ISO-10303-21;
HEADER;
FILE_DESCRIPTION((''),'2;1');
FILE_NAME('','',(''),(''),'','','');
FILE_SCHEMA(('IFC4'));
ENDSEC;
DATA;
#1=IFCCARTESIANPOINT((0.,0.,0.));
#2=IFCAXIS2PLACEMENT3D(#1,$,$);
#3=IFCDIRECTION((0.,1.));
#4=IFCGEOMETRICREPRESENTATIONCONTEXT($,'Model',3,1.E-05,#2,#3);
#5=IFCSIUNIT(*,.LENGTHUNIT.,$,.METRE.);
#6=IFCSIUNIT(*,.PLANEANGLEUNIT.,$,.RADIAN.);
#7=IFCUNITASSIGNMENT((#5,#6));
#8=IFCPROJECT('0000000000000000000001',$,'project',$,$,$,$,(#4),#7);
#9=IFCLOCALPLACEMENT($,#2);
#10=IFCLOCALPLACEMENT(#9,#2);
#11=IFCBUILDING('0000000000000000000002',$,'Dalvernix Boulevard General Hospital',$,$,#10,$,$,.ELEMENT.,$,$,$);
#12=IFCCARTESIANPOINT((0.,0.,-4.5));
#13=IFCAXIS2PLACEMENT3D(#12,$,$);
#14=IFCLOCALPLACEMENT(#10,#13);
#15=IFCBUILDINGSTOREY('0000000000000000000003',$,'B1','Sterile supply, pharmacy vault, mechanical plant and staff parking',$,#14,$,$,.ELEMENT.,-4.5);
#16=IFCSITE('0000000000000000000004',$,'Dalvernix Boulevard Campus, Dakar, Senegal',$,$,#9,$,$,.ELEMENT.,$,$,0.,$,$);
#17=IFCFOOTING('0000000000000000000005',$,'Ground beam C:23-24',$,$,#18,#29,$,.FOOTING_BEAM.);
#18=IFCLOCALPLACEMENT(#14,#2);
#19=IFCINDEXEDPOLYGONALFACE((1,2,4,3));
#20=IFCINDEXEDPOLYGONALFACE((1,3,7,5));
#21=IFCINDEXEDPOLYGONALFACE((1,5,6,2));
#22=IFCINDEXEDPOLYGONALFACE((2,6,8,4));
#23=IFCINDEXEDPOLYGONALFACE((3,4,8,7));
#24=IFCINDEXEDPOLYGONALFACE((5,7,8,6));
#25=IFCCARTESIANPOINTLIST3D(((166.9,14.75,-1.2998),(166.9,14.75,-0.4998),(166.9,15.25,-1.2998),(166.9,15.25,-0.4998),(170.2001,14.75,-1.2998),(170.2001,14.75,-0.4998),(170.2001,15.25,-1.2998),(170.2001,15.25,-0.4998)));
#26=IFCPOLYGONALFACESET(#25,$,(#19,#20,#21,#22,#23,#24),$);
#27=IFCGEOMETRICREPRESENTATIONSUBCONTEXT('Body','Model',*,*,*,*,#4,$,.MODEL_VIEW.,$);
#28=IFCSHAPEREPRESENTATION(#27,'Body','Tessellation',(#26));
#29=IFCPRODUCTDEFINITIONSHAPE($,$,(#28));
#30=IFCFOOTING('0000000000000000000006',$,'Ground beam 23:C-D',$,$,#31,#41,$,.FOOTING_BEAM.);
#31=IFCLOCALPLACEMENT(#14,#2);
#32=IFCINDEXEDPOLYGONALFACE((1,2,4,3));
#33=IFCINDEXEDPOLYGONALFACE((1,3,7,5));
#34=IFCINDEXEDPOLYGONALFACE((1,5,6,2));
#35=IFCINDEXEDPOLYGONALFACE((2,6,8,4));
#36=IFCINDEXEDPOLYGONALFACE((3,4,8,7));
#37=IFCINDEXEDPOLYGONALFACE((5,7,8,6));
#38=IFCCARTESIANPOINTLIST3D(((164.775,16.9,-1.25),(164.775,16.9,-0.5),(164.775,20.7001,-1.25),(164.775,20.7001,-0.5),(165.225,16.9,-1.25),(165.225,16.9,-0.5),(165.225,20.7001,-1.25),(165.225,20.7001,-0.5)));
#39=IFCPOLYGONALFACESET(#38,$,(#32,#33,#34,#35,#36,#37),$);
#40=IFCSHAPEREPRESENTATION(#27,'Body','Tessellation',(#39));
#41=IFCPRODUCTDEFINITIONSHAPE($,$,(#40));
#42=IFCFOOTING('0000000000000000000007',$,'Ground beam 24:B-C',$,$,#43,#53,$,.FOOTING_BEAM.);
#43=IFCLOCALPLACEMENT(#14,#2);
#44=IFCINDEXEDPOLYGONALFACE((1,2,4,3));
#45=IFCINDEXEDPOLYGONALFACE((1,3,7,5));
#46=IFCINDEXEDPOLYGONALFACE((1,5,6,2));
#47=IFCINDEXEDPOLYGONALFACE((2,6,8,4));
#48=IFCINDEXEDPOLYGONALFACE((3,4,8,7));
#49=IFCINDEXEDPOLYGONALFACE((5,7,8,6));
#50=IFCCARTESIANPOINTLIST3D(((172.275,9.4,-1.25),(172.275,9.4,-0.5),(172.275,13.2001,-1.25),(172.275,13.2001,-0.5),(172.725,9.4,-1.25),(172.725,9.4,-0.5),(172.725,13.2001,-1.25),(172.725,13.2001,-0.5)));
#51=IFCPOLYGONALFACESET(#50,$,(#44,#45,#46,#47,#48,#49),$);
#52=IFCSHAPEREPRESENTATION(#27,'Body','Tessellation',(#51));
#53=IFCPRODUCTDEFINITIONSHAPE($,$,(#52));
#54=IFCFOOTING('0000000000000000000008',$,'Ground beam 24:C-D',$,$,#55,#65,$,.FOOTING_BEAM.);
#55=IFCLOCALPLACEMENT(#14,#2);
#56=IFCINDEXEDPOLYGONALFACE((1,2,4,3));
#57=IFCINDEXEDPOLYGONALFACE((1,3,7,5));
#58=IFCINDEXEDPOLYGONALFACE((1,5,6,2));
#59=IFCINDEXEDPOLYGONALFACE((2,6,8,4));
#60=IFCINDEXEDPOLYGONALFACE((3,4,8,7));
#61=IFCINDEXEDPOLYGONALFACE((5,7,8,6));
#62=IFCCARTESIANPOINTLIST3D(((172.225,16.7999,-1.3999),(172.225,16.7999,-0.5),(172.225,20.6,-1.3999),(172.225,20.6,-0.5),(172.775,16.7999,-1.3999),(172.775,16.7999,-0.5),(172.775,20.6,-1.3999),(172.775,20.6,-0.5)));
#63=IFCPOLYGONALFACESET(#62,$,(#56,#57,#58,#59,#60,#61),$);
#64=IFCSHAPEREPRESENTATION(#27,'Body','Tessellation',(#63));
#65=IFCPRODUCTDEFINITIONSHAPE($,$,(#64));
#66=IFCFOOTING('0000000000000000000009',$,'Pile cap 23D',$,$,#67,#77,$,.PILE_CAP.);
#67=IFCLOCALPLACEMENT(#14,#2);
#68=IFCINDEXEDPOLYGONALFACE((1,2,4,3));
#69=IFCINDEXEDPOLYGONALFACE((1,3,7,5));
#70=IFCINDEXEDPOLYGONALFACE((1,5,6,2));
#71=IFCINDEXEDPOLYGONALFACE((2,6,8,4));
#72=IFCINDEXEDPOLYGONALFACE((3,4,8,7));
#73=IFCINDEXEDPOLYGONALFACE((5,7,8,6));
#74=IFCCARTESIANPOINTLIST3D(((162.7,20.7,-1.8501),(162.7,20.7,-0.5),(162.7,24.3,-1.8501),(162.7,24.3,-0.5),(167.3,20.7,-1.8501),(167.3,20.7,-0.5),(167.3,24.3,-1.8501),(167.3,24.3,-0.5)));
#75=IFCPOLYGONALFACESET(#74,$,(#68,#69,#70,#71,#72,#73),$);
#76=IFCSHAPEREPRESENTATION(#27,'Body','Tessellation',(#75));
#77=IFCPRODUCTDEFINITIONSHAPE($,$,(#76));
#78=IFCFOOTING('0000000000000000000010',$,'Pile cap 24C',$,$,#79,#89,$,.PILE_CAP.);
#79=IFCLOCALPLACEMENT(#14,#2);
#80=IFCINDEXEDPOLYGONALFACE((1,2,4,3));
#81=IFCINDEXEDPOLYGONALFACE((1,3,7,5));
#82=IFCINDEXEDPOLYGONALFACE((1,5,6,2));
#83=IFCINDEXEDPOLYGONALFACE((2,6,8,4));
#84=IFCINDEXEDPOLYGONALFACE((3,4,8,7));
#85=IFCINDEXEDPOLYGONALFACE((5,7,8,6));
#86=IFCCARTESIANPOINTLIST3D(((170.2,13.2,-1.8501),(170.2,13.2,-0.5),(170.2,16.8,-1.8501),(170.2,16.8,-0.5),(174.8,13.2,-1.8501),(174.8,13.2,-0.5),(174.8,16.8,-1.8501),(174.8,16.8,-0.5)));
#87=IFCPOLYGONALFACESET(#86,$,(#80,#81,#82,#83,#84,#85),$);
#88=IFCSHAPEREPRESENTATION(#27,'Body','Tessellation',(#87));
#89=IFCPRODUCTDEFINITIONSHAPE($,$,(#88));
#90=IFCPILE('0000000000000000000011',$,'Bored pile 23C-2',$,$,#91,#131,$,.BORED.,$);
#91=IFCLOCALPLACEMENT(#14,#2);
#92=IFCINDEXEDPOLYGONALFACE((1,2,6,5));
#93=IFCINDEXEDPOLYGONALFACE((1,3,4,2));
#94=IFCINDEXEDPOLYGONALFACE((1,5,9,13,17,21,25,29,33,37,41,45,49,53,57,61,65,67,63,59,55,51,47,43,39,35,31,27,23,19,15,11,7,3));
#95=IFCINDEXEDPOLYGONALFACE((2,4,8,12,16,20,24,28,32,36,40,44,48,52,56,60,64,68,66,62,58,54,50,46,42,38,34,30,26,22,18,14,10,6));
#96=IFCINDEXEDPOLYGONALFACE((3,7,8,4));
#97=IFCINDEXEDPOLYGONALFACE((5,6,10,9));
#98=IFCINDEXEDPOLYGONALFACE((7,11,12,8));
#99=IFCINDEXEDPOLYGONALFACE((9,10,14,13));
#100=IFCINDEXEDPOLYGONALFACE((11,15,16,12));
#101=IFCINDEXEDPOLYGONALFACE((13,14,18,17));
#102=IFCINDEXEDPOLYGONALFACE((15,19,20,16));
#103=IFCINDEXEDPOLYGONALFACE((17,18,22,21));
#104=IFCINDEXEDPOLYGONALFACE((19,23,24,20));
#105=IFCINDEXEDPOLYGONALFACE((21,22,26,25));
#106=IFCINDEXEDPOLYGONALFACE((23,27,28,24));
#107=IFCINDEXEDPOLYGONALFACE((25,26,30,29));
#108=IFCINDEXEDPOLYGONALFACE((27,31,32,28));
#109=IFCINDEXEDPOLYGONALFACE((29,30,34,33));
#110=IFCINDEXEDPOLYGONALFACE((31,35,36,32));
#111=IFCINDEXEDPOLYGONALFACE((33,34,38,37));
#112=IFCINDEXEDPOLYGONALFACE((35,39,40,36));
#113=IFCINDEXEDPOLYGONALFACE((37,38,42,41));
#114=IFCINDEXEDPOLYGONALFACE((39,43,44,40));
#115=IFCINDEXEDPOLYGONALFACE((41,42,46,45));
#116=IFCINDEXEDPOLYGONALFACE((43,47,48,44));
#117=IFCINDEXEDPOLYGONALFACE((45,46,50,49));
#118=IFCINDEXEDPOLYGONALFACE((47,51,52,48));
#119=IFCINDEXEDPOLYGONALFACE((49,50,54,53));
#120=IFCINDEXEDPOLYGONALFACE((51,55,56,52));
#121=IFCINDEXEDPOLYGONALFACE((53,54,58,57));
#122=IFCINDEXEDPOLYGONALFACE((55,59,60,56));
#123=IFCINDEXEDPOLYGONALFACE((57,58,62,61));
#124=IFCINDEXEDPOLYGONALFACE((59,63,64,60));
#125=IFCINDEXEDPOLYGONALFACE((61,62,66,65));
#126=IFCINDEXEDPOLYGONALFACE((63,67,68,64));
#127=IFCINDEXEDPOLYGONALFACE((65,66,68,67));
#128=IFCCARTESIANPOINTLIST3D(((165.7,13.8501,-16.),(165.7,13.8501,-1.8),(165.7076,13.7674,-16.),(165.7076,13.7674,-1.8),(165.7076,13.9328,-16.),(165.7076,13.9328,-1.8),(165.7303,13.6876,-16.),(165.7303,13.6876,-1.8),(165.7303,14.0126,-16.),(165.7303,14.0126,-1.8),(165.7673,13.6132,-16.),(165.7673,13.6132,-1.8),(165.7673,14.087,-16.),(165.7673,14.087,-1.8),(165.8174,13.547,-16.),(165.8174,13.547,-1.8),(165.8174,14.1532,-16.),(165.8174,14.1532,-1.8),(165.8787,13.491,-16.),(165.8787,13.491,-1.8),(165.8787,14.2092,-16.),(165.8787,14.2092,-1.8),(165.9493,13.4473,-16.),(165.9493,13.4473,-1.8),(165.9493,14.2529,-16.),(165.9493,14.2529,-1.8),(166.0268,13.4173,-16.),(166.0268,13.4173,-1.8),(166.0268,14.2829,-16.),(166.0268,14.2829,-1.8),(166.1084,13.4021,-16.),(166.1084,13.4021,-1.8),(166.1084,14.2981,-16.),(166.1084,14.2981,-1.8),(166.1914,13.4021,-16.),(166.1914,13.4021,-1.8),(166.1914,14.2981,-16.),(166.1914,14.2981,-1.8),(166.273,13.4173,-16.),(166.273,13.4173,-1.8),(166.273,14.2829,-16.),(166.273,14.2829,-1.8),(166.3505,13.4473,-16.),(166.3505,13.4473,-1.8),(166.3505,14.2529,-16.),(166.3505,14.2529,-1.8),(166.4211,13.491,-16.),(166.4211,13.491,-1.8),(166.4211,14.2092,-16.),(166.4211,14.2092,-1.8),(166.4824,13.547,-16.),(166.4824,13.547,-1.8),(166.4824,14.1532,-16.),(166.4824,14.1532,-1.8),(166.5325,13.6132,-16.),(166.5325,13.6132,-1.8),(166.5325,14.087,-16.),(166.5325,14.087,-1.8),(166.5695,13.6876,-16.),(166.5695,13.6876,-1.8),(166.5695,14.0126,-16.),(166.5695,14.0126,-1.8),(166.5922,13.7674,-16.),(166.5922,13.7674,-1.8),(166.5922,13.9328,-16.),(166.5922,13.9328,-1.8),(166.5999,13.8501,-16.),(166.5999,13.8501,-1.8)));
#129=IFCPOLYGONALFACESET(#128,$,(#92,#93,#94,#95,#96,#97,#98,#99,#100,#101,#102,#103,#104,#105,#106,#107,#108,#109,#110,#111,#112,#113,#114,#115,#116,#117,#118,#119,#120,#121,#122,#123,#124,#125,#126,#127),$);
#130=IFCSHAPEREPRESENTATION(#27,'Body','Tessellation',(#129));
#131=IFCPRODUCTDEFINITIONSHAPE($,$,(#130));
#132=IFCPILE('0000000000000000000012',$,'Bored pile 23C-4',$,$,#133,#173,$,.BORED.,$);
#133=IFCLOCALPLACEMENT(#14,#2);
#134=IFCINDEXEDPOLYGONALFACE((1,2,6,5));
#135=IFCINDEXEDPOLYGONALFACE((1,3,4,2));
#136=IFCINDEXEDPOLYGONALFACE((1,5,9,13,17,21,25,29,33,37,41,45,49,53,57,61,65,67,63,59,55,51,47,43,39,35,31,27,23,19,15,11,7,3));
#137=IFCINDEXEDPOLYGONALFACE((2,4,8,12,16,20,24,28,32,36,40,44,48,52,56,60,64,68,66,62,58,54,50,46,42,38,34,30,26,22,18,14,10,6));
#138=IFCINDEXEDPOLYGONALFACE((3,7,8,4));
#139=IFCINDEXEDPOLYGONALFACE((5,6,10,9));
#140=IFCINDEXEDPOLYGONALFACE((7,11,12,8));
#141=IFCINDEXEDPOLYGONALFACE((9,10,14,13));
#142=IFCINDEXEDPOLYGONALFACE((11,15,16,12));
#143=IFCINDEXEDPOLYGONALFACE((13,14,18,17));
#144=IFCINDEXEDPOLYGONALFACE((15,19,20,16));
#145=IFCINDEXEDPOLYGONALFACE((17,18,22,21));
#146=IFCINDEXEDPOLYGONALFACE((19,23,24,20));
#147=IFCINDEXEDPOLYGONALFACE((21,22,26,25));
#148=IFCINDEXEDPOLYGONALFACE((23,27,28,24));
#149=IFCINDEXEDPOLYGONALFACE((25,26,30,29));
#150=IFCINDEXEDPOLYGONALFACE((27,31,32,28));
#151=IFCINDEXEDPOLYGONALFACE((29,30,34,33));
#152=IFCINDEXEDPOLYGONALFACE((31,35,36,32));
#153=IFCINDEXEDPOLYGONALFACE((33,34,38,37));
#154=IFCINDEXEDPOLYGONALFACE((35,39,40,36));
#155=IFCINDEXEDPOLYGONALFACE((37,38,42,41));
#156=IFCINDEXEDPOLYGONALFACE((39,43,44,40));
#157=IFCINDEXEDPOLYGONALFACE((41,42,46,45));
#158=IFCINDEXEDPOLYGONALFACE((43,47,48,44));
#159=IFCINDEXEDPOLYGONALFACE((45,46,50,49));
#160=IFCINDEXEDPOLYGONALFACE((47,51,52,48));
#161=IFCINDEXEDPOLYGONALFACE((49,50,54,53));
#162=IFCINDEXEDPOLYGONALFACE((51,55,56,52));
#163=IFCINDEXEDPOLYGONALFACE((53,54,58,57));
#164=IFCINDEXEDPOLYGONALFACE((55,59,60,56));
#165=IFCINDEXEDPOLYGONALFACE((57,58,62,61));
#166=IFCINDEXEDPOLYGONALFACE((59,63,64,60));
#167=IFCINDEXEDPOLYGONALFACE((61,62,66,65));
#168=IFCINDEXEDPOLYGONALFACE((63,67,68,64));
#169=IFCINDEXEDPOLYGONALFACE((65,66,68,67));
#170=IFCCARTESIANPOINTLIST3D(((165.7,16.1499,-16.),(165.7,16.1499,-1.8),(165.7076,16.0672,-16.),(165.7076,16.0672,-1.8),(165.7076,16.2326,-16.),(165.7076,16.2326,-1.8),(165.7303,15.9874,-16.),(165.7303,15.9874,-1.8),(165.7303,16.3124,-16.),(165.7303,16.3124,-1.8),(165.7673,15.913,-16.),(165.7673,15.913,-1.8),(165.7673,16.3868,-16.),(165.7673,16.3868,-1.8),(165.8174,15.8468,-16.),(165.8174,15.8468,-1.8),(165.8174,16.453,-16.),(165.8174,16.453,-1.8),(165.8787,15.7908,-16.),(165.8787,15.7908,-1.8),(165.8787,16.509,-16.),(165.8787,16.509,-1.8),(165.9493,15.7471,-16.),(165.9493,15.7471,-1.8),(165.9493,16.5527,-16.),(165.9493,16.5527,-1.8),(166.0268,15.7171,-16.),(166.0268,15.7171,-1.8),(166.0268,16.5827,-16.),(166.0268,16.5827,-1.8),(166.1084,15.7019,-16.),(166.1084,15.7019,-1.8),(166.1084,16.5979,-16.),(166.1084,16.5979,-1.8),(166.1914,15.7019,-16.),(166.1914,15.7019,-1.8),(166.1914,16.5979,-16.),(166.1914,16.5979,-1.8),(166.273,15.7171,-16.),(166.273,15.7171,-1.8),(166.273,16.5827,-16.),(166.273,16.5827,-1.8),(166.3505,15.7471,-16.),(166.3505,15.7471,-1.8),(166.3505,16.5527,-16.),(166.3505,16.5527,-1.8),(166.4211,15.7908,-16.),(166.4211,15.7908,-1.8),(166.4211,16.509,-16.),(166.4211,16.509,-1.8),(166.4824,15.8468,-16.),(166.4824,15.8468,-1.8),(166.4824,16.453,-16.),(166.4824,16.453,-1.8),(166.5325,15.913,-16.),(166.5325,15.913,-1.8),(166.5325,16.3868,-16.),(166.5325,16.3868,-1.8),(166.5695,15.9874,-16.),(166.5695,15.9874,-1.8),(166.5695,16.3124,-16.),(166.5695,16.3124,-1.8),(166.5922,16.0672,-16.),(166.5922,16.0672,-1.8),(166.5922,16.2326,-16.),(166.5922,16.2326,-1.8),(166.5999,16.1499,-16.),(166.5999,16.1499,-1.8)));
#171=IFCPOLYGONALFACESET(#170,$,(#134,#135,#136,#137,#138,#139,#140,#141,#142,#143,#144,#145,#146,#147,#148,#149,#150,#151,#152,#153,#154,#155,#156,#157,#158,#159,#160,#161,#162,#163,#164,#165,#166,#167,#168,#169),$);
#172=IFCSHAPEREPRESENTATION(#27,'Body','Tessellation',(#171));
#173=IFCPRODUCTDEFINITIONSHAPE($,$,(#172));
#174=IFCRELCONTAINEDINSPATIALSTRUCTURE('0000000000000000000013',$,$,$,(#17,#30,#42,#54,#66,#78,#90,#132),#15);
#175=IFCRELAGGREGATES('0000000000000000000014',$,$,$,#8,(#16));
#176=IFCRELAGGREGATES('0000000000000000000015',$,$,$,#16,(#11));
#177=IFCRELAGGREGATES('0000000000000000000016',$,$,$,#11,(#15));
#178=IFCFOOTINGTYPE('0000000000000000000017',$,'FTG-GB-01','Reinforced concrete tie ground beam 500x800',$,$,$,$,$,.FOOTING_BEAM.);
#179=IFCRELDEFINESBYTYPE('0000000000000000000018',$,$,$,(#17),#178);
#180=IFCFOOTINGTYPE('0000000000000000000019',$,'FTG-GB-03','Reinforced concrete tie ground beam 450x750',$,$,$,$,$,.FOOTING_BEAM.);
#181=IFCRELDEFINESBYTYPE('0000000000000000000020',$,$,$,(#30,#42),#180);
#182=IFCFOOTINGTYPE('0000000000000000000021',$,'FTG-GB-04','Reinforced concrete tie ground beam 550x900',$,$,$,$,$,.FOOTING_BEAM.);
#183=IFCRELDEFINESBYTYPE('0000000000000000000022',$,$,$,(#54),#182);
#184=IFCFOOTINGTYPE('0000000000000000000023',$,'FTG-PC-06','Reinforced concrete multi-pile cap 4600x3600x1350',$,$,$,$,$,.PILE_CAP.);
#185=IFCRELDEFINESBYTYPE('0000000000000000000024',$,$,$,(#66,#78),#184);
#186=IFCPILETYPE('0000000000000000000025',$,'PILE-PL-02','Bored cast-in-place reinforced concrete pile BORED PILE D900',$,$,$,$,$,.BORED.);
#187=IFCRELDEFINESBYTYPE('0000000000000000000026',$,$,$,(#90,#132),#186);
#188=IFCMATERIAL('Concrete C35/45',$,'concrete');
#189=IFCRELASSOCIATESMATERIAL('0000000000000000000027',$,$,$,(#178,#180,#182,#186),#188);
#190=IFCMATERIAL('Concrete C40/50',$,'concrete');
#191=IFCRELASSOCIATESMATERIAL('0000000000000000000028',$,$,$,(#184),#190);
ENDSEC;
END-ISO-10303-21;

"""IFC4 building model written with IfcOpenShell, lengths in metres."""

from ifc_helpers import new_model, si_unit, direction, frame, origin, origin_2d, place, context, subcontext, project, spatial, rectangle, circle, extrude, material, material_profile, profile_set, type_object, element, save


model = new_model("IFC4")

# Units and contexts
model_context = context("Model", 3, precision=1e-05, world=origin(), true_north=direction((0.0, 1.0)))
body_context = subcontext(model_context, "Body", "Model", "MODEL_VIEW")
ifc_project = project(units=[si_unit("LENGTHUNIT", "METRE"), si_unit("PLANEANGLEUNIT", "RADIAN")], contexts=[model_context])

# Site, building, storey
site_placement = place(None, origin())
site = spatial("IfcSite", under=ifc_project, at=site_placement, Name="Dalvernix Boulevard Campus, Dakar, Senegal", CompositionType="ELEMENT", RefElevation=0.0)
building_placement = place(site_placement, origin())
building = spatial("IfcBuilding", under=site, at=building_placement, Name="Dalvernix Boulevard General Hospital", CompositionType="ELEMENT")
storey_placement = place(building_placement, frame((0.0, 0.0, -4.5)))
storey = spatial("IfcBuildingStorey", under=building, at=storey_placement, Name="B1", Description="Sterile supply, pharmacy vault, mechanical plant and staff parking", CompositionType="ELEMENT", Elevation=-4.5)

# Footings
ifc_material_1 = material(Name="Concrete C35/45", Category="concrete")
footing_type_1 = type_object("IfcFootingType", Name="FTG-GB-01", Description="Reinforced concrete tie ground beam 500x800", PredefinedType="FOOTING_BEAM", material=ifc_material_1)
footing_1_placement = place(storey_placement, frame((168.55, 15.0, -1.2998), z_axis=(0.0, 0.0, 1.0), x_axis=(1.0, 0.0, 0.0)))
element("IfcFooting", 1, at=footing_1_placement, inside=storey, type_object=footing_type_1, Name="Ground beam C:23-24", PredefinedType="FOOTING_BEAM", context=body_context, shape_type="SweptSolid", body=[
    extrude(rectangle(XDim=3.3, YDim=0.5, at=origin_2d()), origin(), (0.0, 0.0, 1.0), 0.8),
])
footing_type_2 = type_object("IfcFootingType", Name="FTG-GB-03", Description="Reinforced concrete tie ground beam 450x750", PredefinedType="FOOTING_BEAM", material=ifc_material_1)
for number, where, z_axis, x_axis, name in (
    (2, (165.0, 18.8, -1.25), (0.0, 0.0, 1.0), (0.0, 1.0, 0.0), "Ground beam 23:C-D"),
    (3, (172.5, 11.3, -1.25), (0.0, 0.0, 1.0), (0.0, 1.0, 0.0), "Ground beam 24:B-C"),
):
    element("IfcFooting", number, at=place(storey_placement, frame(where, z_axis=z_axis, x_axis=x_axis)), inside=storey, type_object=footing_type_2, Name=name, PredefinedType="FOOTING_BEAM", context=body_context, shape_type="SweptSolid", body=[
        extrude(rectangle(XDim=3.8, YDim=0.45, at=origin_2d()), origin(), (0.0, 0.0, 1.0), 0.75),
    ])
footing_type_3 = type_object("IfcFootingType", Name="FTG-GB-04", Description="Reinforced concrete tie ground beam 550x900", PredefinedType="FOOTING_BEAM", material=ifc_material_1)
footing_2_placement = place(storey_placement, frame((172.5, 18.7, -1.3999), z_axis=(0.0, 0.0, 1.0), x_axis=(0.0, 1.0, 0.0)))
element("IfcFooting", 4, at=footing_2_placement, inside=storey, type_object=footing_type_3, Name="Ground beam 24:C-D", PredefinedType="FOOTING_BEAM", context=body_context, shape_type="SweptSolid", body=[
    extrude(rectangle(XDim=3.8, YDim=0.55, at=origin_2d()), origin(), (0.0, 0.0, 1.0), 0.8999),
])
ifc_material_2 = material(Name="Concrete C40/50", Category="concrete")
footing_type_4 = type_object("IfcFootingType", Name="FTG-PC-06", Description="Reinforced concrete multi-pile cap 4600x3600x1350", PredefinedType="PILE_CAP", material=ifc_material_2)
for number, where, z_axis, x_axis, name in (
    (5, (165.0, 22.5, -1.8501), (0.0, 0.0, 1.0), (1.0, 0.0, 0.0), "Pile cap 23D"),
    (6, (172.5, 15.0, -1.8501), (0.0, 0.0, 1.0), (1.0, 0.0, 0.0), "Pile cap 24C"),
):
    element("IfcFooting", number, at=place(storey_placement, frame(where, z_axis=z_axis, x_axis=x_axis)), inside=storey, type_object=footing_type_4, Name=name, PredefinedType="PILE_CAP", context=body_context, shape_type="SweptSolid", body=[
        extrude(rectangle(XDim=4.6001, YDim=3.6001, at=origin_2d()), origin(), (0.0, 0.0, 1.0), 1.3501),
    ])

# Piles
ifc_material_profile_1 = material_profile(ifc_material_1, circle(Radius=0.45, at=origin_2d()), Name="BORED PILE D900")
ifc_profile_set_1 = profile_set([ifc_material_profile_1], Name="Concrete C35/45")
pile_type = type_object("IfcPileType", Name="PILE-PL-02", Description="Bored cast-in-place reinforced concrete pile BORED PILE D900", PredefinedType="BORED", material=ifc_profile_set_1)
for number, where, z_axis, x_axis, name in (
    (7, (166.1499, 13.8501, -1.8), (0.0, 0.0, -1.0), (1.0, 0.0, 0.0), "Bored pile 23C-2"),
    (8, (166.1499, 16.1499, -1.8), (0.0, 0.0, -1.0), (1.0, 0.0, 0.0), "Bored pile 23C-4"),
):
    element("IfcPile", number, at=place(storey_placement, frame(where, z_axis=z_axis, x_axis=x_axis)), inside=storey, type_object=pile_type, Name=name, PredefinedType="BORED", context=body_context, shape_type="SweptSolid", body=[
        extrude(circle(Radius=0.45, at=origin_2d()), origin(), (0.0, 0.0, 1.0), 14.2),
    ])

save(model, "model.ifc")
